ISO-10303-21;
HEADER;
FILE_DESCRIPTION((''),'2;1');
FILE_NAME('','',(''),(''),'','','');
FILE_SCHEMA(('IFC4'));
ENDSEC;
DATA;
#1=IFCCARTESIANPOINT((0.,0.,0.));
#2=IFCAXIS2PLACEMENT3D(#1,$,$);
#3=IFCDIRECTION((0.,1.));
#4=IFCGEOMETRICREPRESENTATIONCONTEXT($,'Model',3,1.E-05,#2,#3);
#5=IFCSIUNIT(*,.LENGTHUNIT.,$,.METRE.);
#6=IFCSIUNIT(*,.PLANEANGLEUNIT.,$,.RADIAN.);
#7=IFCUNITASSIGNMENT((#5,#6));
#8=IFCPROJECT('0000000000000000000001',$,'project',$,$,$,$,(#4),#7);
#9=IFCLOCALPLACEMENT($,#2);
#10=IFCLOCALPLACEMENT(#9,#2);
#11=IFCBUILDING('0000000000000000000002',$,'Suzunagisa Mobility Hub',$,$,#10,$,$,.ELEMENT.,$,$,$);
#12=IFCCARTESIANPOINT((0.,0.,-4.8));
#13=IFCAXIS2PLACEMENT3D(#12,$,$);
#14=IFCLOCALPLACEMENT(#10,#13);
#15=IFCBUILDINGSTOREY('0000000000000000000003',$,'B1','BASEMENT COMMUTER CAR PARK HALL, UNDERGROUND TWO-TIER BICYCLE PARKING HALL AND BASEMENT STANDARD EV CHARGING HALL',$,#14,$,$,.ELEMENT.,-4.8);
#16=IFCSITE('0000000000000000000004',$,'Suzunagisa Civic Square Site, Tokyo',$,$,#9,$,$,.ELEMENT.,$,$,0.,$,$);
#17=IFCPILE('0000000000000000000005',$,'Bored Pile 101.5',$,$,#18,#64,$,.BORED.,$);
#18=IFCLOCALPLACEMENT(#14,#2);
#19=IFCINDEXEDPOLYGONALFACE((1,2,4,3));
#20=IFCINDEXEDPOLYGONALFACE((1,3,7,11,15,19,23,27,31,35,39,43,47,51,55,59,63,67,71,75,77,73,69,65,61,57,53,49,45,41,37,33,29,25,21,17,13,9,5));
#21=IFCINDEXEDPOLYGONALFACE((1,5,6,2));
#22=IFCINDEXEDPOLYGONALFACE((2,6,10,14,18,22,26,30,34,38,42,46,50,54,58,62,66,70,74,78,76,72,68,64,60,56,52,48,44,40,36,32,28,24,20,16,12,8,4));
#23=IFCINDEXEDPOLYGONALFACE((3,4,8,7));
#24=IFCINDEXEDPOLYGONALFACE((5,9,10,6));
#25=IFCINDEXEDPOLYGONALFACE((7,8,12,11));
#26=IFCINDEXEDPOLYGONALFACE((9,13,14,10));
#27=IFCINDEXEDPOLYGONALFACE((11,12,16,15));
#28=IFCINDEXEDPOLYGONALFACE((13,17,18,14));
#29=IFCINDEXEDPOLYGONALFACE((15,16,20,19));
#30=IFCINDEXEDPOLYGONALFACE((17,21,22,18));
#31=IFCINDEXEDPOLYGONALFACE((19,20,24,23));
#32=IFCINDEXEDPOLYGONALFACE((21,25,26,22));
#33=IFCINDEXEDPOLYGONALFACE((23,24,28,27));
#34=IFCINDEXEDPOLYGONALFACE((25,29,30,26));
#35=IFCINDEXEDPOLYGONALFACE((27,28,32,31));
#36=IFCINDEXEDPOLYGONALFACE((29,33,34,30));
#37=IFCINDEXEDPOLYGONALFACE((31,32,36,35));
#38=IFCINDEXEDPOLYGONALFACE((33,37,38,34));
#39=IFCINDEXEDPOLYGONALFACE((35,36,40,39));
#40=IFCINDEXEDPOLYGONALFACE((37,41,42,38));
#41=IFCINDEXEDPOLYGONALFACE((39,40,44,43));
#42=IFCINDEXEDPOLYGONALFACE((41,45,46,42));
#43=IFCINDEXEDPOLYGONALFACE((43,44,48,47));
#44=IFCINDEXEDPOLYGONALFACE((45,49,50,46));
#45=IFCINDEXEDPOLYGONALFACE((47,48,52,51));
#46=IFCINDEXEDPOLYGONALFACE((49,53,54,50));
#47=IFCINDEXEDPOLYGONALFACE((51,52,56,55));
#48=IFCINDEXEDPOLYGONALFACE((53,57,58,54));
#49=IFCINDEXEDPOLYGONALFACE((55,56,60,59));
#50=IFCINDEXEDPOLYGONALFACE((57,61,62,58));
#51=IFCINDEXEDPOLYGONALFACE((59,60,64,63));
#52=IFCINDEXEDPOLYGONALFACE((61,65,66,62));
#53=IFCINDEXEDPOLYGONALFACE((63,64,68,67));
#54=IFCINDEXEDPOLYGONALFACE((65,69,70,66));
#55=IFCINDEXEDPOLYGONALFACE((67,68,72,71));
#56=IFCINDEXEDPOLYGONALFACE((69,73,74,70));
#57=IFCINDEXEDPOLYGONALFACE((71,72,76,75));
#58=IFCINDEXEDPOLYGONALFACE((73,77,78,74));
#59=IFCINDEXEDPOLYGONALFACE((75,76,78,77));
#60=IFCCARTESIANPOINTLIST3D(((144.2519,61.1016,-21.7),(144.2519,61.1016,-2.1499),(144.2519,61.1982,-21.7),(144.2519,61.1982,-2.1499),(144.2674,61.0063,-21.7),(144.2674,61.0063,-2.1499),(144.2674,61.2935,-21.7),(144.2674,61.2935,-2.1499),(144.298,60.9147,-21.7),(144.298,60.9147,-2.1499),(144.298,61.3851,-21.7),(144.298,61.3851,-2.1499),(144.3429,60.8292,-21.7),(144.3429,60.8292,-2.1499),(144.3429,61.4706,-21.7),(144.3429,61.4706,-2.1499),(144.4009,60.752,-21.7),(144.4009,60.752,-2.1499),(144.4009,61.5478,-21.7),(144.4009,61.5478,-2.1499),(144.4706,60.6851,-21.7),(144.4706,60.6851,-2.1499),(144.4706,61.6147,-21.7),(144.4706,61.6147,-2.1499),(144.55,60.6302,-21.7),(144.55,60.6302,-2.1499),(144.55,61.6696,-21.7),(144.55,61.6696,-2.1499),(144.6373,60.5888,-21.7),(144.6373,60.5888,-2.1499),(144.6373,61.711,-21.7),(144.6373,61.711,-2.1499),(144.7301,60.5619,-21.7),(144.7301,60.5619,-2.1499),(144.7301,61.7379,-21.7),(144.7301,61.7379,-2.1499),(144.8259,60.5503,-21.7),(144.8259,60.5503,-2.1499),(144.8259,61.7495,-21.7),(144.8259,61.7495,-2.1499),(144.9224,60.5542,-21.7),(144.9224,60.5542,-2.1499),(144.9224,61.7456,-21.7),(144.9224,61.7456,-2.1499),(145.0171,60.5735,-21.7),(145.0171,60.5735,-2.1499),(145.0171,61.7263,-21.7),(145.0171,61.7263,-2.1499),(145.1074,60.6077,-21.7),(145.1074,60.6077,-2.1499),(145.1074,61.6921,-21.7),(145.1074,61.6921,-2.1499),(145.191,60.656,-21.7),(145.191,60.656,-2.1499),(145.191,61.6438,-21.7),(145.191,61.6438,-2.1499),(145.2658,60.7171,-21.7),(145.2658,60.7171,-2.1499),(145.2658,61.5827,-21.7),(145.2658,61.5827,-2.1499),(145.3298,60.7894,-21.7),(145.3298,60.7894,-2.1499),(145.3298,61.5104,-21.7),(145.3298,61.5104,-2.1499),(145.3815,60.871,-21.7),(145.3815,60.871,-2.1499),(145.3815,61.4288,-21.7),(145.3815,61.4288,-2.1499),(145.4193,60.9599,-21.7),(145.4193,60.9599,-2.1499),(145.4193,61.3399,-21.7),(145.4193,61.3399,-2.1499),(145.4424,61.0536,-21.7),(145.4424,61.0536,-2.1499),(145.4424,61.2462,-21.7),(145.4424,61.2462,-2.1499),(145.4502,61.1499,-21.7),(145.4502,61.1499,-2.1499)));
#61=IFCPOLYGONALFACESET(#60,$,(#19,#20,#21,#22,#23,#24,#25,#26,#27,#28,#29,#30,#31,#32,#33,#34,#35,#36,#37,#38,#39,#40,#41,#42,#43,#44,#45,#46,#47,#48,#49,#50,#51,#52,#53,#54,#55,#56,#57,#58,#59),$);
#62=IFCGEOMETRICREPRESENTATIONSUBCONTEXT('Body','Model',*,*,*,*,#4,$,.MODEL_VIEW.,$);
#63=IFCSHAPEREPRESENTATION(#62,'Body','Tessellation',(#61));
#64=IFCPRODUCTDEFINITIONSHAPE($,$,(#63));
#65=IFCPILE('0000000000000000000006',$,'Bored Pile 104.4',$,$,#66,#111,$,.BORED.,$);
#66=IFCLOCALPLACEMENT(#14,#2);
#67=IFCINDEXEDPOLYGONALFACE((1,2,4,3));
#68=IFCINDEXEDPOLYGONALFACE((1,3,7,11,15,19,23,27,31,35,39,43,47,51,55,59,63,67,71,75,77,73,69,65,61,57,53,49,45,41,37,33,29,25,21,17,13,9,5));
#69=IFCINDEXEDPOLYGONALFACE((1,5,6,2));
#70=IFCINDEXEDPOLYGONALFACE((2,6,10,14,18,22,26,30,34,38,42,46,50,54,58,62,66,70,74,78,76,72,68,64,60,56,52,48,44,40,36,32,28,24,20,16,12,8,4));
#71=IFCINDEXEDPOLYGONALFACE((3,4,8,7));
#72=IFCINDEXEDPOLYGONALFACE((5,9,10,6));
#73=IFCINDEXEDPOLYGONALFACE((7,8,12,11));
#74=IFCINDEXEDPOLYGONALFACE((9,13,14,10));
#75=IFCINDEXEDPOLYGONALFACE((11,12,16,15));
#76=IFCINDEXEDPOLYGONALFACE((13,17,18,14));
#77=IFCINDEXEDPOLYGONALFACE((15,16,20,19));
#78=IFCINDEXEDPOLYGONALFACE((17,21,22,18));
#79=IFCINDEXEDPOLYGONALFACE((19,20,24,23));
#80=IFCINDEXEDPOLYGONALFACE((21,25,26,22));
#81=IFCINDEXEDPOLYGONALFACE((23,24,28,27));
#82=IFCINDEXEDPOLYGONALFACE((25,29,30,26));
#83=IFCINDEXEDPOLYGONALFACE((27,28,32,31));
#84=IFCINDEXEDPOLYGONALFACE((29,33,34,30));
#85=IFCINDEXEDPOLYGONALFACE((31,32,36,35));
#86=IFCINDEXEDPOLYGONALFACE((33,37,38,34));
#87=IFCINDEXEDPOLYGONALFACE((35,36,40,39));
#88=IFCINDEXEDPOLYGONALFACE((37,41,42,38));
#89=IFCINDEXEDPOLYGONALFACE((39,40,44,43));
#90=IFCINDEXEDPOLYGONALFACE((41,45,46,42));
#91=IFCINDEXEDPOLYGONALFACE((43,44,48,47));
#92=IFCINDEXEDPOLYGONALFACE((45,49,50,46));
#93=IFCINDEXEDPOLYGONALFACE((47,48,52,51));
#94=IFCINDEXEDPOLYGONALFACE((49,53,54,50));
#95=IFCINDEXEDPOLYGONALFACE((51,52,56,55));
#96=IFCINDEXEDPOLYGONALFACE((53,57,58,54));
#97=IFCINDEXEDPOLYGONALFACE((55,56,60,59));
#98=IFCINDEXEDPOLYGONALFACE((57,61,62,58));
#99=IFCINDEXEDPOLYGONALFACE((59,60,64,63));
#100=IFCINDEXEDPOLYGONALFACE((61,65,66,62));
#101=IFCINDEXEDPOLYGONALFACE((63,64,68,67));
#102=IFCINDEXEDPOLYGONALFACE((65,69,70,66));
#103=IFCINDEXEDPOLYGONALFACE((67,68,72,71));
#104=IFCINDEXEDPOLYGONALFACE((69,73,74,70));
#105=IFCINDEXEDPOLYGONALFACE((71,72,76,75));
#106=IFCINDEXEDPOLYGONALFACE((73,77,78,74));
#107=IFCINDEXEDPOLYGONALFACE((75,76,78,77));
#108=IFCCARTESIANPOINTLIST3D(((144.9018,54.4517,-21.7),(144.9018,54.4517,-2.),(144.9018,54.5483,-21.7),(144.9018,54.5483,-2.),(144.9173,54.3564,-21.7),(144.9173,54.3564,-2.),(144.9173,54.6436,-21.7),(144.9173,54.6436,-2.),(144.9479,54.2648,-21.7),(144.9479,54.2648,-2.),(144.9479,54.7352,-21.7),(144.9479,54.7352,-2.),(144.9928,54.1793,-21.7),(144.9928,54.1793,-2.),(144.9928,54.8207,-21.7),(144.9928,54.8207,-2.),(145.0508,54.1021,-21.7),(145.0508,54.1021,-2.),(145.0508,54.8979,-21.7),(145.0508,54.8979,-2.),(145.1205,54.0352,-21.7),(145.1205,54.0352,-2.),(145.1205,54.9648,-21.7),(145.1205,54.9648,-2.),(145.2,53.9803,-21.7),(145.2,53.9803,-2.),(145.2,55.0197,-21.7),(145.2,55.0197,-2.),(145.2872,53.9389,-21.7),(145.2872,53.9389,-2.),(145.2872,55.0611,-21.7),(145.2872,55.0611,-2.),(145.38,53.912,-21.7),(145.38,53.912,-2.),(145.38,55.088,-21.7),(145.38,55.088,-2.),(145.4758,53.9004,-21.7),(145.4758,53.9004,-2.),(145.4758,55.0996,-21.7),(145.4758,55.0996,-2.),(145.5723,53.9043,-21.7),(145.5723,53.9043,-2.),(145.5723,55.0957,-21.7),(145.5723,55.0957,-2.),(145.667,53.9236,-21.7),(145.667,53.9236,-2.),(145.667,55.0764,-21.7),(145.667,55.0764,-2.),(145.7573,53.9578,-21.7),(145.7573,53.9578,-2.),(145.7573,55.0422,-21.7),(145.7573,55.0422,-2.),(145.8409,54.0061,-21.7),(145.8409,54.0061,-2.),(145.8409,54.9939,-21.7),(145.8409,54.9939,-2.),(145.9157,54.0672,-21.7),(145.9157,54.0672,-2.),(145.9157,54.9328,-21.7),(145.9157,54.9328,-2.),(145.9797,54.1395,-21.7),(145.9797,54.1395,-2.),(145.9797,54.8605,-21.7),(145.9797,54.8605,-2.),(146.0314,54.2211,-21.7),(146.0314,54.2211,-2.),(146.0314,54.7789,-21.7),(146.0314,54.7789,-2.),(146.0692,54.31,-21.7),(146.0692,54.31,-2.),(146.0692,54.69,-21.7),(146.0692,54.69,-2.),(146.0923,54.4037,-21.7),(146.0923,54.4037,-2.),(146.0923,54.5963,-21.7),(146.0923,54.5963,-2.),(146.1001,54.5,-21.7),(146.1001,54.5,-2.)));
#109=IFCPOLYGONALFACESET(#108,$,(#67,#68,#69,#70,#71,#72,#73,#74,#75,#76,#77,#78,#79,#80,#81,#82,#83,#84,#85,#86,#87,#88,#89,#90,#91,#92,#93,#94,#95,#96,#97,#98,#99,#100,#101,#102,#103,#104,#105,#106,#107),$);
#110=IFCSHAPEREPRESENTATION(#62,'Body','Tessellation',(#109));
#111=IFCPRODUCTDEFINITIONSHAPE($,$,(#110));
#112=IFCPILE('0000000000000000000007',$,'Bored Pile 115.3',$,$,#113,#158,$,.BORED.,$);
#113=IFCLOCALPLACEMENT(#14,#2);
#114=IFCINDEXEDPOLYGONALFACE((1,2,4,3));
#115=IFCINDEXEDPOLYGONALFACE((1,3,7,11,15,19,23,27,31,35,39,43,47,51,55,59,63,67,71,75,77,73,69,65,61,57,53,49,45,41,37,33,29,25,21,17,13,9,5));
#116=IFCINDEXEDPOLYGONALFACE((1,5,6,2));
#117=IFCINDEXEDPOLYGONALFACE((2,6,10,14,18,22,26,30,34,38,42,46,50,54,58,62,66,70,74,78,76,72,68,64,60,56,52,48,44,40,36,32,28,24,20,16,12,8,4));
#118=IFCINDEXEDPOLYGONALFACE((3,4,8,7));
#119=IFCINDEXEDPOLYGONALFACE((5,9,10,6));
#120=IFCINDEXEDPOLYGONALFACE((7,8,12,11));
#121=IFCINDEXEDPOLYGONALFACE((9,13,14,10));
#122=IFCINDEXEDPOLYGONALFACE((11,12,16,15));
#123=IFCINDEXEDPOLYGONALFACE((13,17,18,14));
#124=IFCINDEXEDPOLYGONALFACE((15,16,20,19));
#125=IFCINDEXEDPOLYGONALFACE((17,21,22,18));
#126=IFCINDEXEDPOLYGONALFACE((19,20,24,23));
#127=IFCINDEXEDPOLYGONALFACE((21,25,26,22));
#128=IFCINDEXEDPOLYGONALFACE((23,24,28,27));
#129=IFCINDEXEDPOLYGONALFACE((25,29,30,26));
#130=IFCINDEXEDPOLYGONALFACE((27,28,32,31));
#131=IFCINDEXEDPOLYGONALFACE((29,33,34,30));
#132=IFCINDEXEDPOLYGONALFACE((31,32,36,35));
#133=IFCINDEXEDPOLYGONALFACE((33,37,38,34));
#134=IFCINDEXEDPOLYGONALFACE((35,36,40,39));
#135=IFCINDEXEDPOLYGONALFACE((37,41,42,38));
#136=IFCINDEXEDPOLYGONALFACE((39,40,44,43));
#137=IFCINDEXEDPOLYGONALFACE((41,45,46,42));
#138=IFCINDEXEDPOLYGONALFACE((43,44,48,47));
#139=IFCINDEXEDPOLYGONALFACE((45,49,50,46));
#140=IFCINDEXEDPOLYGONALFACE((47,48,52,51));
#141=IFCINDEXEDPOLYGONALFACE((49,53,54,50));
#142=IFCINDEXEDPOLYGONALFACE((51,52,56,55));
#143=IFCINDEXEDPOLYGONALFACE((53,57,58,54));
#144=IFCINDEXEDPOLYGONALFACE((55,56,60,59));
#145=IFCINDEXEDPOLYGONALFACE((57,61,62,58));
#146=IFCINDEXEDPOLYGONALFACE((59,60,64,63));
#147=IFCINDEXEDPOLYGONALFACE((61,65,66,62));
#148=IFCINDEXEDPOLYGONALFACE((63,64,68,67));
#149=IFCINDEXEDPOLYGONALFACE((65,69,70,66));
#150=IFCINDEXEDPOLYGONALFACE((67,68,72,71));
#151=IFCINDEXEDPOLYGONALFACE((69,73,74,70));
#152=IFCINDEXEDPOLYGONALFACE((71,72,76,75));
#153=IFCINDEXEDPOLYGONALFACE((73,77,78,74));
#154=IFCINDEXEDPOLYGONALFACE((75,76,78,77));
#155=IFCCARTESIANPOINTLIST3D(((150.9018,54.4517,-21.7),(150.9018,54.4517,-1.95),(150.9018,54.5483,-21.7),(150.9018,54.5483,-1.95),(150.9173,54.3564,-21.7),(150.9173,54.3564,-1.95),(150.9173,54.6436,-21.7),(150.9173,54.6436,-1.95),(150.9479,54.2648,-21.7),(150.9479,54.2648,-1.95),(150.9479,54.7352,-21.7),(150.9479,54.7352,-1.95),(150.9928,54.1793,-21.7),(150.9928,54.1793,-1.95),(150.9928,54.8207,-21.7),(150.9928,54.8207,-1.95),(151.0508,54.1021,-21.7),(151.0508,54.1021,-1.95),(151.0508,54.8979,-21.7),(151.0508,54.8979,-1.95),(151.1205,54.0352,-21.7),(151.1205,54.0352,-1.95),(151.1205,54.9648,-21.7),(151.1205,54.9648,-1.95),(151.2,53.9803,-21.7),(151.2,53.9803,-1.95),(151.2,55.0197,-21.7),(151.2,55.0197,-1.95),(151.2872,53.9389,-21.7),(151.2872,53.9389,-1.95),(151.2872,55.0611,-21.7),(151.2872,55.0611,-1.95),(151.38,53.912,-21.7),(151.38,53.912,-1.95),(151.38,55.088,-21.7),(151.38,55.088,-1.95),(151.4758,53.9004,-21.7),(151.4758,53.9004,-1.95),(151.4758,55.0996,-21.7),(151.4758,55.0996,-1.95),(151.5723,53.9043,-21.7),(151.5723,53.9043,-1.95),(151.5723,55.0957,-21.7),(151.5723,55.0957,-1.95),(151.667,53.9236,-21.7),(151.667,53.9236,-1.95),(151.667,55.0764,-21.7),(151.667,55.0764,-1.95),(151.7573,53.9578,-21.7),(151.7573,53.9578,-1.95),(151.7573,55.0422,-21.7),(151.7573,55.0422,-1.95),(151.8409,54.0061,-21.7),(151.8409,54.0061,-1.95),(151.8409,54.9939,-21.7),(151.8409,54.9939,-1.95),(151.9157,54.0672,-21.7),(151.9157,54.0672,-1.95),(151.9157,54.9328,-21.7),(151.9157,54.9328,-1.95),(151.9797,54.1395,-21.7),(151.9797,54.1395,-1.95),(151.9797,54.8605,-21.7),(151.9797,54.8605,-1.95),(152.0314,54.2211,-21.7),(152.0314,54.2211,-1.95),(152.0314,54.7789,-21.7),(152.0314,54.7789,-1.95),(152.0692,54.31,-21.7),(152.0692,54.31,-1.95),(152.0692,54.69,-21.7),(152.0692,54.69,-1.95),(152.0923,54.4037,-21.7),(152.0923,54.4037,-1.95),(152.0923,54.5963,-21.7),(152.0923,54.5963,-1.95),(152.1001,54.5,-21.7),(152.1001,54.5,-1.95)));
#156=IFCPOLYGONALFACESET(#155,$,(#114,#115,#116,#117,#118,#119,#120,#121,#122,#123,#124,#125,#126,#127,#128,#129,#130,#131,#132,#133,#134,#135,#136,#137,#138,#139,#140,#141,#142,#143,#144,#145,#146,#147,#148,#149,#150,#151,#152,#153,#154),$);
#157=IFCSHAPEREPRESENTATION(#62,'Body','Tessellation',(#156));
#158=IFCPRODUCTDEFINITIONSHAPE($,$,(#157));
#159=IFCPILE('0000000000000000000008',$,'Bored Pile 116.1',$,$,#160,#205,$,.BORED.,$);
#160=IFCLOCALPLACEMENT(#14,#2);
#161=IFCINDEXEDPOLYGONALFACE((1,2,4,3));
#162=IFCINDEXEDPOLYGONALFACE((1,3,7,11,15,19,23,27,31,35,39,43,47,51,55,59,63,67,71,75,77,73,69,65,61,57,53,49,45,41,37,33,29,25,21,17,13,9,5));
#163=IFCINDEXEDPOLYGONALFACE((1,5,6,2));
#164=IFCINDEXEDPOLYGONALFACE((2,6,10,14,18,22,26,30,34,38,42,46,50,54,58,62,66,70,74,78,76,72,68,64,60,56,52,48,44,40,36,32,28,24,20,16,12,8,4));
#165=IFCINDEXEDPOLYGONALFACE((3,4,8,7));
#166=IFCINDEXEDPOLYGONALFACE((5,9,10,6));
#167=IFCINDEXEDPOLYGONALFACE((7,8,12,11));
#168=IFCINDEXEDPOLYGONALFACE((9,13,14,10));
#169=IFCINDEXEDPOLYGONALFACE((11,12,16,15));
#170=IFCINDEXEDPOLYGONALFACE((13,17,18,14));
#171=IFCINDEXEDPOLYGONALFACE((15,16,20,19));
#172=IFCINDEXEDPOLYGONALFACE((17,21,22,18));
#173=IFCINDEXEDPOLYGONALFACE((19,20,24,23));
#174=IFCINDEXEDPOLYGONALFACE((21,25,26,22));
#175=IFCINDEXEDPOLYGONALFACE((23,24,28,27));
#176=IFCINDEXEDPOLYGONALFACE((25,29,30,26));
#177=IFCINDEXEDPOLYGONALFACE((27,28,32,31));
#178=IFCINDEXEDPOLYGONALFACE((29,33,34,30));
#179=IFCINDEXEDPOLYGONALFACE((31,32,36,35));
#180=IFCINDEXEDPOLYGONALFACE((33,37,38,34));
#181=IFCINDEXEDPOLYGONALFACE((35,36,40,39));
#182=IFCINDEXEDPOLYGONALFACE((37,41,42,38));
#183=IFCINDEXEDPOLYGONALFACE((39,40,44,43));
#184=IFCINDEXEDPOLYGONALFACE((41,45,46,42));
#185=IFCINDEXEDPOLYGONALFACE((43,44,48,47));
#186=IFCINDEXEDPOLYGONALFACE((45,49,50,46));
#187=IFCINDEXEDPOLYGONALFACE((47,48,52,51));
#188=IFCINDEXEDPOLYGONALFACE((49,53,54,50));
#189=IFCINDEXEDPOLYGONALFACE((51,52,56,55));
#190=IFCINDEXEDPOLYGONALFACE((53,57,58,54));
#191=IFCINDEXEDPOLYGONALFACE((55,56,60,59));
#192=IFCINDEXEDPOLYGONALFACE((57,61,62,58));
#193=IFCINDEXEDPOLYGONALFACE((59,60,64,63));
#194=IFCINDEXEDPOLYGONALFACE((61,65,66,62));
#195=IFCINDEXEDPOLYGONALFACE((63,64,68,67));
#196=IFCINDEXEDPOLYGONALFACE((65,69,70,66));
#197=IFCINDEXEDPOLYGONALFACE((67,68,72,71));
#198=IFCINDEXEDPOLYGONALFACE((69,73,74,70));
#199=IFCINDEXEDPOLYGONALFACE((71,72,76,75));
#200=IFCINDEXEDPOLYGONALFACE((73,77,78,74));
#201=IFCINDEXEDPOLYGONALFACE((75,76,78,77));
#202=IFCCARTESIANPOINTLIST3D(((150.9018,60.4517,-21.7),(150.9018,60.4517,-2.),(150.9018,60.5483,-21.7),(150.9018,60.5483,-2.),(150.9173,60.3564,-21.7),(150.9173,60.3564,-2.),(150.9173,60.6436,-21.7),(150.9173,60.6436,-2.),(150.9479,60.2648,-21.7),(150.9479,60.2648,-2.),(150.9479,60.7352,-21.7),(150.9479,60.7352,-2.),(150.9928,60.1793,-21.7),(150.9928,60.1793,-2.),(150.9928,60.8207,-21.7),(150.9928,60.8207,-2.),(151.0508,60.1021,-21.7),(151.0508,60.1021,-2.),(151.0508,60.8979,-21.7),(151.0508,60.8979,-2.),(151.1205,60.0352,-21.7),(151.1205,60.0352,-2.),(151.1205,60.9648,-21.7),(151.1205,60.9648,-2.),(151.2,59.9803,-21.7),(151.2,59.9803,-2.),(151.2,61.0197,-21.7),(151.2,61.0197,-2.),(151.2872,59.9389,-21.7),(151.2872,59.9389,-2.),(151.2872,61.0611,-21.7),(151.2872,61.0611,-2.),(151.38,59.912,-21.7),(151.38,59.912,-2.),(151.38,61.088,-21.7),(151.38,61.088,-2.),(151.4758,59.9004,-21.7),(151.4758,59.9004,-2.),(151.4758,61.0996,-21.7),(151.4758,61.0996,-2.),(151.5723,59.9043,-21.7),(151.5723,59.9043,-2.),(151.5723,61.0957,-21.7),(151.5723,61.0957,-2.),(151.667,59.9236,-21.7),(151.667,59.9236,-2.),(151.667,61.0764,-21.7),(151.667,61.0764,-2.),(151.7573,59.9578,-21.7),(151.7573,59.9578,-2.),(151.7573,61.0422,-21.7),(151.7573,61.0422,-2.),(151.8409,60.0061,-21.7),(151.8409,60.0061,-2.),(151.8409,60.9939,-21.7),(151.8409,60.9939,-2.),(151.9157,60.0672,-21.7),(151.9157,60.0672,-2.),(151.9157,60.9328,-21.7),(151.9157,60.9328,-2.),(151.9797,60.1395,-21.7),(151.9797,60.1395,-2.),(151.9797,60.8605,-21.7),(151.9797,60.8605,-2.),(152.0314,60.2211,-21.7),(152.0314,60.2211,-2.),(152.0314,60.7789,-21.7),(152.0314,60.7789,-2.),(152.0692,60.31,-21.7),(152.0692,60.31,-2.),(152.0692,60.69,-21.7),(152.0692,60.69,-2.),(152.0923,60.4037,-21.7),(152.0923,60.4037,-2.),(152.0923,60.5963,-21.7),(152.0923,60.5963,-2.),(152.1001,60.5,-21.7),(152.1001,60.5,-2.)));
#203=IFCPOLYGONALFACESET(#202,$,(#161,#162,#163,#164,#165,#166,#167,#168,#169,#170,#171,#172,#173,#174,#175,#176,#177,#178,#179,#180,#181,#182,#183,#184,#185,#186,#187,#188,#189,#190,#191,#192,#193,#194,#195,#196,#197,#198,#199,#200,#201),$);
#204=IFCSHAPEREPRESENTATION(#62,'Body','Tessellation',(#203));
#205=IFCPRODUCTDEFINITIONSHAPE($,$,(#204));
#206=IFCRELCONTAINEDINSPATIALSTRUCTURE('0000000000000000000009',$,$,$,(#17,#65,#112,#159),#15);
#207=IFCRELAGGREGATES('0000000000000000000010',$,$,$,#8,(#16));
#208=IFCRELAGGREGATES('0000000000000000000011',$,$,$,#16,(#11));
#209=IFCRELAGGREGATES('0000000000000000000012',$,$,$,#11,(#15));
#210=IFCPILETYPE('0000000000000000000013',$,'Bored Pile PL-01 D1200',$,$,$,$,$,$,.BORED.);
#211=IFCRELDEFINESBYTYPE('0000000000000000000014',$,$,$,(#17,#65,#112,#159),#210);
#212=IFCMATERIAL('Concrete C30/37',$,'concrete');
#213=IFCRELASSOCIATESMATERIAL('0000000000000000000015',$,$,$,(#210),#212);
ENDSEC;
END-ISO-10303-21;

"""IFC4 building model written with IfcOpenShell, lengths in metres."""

from ifc_helpers import new_model, si_unit, direction, frame, origin, origin_2d, place, context, subcontext, project, spatial, circle, extrude, material, material_profile, profile_set, type_object, element, save


model = new_model("IFC4")

# Units and contexts
model_context = context("Model", 3, precision=1e-05, world=origin(), true_north=direction((0.0, 1.0)))
body_context = subcontext(model_context, "Body", "Model", "MODEL_VIEW")
ifc_project = project(units=[si_unit("LENGTHUNIT", "METRE"), si_unit("PLANEANGLEUNIT", "RADIAN")], contexts=[model_context])

# Site, building, storey
site_placement = place(None, origin())
site = spatial("IfcSite", under=ifc_project, at=site_placement, Name="Suzunagisa Civic Square Site, Tokyo", CompositionType="ELEMENT", RefElevation=0.0)
building_placement = place(site_placement, origin())
building = spatial("IfcBuilding", under=site, at=building_placement, Name="Suzunagisa Mobility Hub", CompositionType="ELEMENT")
storey_placement = place(building_placement, frame((0.0, 0.0, -4.8)))
storey = spatial("IfcBuildingStorey", under=building, at=storey_placement, Name="B1", Description="BASEMENT COMMUTER CAR PARK HALL, UNDERGROUND TWO-TIER BICYCLE PARKING HALL AND BASEMENT STANDARD EV CHARGING HALL", CompositionType="ELEMENT", Elevation=-4.8)

# Piles
ifc_material_1 = material(Name="Concrete C30/37", Category="concrete")
ifc_material_profile_1 = material_profile(ifc_material_1, circle(Radius=0.6001, at=origin_2d()), Name="BORED PILE D1200")
ifc_profile_set_1 = profile_set([ifc_material_profile_1], Name="Concrete C30/37")
pile_type = type_object("IfcPileType", Name="Bored Pile PL-01 D1200", PredefinedType="BORED", material=ifc_profile_set_1)
pile_1_placement = place(storey_placement, frame((144.8501, 61.1499, -2.1499), z_axis=(0.0, 0.0, -1.0), x_axis=(1.0, 0.0, 0.0)))
element("IfcPile", 1, at=pile_1_placement, inside=storey, type_object=pile_type, Name="Bored Pile 101.5", PredefinedType="BORED", context=body_context, shape_type="SweptSolid", body=[
    extrude(circle(Radius=0.6001, at=origin_2d()), origin(), (0.0, 0.0, 1.0), 19.55),
])
pile_2_placement = place(storey_placement, frame((145.5, 54.5, -2.0), z_axis=(0.0, 0.0, -1.0), x_axis=(1.0, 0.0, 0.0)))
element("IfcPile", 2, at=pile_2_placement, inside=storey, type_object=pile_type, Name="Bored Pile 104.4", PredefinedType="BORED", context=body_context, shape_type="SweptSolid", body=[
    extrude(circle(Radius=0.6001, at=origin_2d()), origin(), (0.0, 0.0, 1.0), 19.7),
])
pile_3_placement = place(storey_placement, frame((151.5, 54.5, -1.95), z_axis=(0.0, 0.0, -1.0), x_axis=(1.0, 0.0, 0.0)))
element("IfcPile", 3, at=pile_3_placement, inside=storey, type_object=pile_type, Name="Bored Pile 115.3", PredefinedType="BORED", context=body_context, shape_type="SweptSolid", body=[
    extrude(circle(Radius=0.6001, at=origin_2d()), origin(), (0.0, 0.0, 1.0), 19.75),
])
pile_4_placement = place(storey_placement, frame((151.5, 60.5, -2.0), z_axis=(0.0, 0.0, -1.0), x_axis=(1.0, 0.0, 0.0)))
element("IfcPile", 4, at=pile_4_placement, inside=storey, type_object=pile_type, Name="Bored Pile 116.1", PredefinedType="BORED", context=body_context, shape_type="SweptSolid", body=[
    extrude(circle(Radius=0.6001, at=origin_2d()), origin(), (0.0, 0.0, 1.0), 19.7),
])

save(model, "model.ifc")
